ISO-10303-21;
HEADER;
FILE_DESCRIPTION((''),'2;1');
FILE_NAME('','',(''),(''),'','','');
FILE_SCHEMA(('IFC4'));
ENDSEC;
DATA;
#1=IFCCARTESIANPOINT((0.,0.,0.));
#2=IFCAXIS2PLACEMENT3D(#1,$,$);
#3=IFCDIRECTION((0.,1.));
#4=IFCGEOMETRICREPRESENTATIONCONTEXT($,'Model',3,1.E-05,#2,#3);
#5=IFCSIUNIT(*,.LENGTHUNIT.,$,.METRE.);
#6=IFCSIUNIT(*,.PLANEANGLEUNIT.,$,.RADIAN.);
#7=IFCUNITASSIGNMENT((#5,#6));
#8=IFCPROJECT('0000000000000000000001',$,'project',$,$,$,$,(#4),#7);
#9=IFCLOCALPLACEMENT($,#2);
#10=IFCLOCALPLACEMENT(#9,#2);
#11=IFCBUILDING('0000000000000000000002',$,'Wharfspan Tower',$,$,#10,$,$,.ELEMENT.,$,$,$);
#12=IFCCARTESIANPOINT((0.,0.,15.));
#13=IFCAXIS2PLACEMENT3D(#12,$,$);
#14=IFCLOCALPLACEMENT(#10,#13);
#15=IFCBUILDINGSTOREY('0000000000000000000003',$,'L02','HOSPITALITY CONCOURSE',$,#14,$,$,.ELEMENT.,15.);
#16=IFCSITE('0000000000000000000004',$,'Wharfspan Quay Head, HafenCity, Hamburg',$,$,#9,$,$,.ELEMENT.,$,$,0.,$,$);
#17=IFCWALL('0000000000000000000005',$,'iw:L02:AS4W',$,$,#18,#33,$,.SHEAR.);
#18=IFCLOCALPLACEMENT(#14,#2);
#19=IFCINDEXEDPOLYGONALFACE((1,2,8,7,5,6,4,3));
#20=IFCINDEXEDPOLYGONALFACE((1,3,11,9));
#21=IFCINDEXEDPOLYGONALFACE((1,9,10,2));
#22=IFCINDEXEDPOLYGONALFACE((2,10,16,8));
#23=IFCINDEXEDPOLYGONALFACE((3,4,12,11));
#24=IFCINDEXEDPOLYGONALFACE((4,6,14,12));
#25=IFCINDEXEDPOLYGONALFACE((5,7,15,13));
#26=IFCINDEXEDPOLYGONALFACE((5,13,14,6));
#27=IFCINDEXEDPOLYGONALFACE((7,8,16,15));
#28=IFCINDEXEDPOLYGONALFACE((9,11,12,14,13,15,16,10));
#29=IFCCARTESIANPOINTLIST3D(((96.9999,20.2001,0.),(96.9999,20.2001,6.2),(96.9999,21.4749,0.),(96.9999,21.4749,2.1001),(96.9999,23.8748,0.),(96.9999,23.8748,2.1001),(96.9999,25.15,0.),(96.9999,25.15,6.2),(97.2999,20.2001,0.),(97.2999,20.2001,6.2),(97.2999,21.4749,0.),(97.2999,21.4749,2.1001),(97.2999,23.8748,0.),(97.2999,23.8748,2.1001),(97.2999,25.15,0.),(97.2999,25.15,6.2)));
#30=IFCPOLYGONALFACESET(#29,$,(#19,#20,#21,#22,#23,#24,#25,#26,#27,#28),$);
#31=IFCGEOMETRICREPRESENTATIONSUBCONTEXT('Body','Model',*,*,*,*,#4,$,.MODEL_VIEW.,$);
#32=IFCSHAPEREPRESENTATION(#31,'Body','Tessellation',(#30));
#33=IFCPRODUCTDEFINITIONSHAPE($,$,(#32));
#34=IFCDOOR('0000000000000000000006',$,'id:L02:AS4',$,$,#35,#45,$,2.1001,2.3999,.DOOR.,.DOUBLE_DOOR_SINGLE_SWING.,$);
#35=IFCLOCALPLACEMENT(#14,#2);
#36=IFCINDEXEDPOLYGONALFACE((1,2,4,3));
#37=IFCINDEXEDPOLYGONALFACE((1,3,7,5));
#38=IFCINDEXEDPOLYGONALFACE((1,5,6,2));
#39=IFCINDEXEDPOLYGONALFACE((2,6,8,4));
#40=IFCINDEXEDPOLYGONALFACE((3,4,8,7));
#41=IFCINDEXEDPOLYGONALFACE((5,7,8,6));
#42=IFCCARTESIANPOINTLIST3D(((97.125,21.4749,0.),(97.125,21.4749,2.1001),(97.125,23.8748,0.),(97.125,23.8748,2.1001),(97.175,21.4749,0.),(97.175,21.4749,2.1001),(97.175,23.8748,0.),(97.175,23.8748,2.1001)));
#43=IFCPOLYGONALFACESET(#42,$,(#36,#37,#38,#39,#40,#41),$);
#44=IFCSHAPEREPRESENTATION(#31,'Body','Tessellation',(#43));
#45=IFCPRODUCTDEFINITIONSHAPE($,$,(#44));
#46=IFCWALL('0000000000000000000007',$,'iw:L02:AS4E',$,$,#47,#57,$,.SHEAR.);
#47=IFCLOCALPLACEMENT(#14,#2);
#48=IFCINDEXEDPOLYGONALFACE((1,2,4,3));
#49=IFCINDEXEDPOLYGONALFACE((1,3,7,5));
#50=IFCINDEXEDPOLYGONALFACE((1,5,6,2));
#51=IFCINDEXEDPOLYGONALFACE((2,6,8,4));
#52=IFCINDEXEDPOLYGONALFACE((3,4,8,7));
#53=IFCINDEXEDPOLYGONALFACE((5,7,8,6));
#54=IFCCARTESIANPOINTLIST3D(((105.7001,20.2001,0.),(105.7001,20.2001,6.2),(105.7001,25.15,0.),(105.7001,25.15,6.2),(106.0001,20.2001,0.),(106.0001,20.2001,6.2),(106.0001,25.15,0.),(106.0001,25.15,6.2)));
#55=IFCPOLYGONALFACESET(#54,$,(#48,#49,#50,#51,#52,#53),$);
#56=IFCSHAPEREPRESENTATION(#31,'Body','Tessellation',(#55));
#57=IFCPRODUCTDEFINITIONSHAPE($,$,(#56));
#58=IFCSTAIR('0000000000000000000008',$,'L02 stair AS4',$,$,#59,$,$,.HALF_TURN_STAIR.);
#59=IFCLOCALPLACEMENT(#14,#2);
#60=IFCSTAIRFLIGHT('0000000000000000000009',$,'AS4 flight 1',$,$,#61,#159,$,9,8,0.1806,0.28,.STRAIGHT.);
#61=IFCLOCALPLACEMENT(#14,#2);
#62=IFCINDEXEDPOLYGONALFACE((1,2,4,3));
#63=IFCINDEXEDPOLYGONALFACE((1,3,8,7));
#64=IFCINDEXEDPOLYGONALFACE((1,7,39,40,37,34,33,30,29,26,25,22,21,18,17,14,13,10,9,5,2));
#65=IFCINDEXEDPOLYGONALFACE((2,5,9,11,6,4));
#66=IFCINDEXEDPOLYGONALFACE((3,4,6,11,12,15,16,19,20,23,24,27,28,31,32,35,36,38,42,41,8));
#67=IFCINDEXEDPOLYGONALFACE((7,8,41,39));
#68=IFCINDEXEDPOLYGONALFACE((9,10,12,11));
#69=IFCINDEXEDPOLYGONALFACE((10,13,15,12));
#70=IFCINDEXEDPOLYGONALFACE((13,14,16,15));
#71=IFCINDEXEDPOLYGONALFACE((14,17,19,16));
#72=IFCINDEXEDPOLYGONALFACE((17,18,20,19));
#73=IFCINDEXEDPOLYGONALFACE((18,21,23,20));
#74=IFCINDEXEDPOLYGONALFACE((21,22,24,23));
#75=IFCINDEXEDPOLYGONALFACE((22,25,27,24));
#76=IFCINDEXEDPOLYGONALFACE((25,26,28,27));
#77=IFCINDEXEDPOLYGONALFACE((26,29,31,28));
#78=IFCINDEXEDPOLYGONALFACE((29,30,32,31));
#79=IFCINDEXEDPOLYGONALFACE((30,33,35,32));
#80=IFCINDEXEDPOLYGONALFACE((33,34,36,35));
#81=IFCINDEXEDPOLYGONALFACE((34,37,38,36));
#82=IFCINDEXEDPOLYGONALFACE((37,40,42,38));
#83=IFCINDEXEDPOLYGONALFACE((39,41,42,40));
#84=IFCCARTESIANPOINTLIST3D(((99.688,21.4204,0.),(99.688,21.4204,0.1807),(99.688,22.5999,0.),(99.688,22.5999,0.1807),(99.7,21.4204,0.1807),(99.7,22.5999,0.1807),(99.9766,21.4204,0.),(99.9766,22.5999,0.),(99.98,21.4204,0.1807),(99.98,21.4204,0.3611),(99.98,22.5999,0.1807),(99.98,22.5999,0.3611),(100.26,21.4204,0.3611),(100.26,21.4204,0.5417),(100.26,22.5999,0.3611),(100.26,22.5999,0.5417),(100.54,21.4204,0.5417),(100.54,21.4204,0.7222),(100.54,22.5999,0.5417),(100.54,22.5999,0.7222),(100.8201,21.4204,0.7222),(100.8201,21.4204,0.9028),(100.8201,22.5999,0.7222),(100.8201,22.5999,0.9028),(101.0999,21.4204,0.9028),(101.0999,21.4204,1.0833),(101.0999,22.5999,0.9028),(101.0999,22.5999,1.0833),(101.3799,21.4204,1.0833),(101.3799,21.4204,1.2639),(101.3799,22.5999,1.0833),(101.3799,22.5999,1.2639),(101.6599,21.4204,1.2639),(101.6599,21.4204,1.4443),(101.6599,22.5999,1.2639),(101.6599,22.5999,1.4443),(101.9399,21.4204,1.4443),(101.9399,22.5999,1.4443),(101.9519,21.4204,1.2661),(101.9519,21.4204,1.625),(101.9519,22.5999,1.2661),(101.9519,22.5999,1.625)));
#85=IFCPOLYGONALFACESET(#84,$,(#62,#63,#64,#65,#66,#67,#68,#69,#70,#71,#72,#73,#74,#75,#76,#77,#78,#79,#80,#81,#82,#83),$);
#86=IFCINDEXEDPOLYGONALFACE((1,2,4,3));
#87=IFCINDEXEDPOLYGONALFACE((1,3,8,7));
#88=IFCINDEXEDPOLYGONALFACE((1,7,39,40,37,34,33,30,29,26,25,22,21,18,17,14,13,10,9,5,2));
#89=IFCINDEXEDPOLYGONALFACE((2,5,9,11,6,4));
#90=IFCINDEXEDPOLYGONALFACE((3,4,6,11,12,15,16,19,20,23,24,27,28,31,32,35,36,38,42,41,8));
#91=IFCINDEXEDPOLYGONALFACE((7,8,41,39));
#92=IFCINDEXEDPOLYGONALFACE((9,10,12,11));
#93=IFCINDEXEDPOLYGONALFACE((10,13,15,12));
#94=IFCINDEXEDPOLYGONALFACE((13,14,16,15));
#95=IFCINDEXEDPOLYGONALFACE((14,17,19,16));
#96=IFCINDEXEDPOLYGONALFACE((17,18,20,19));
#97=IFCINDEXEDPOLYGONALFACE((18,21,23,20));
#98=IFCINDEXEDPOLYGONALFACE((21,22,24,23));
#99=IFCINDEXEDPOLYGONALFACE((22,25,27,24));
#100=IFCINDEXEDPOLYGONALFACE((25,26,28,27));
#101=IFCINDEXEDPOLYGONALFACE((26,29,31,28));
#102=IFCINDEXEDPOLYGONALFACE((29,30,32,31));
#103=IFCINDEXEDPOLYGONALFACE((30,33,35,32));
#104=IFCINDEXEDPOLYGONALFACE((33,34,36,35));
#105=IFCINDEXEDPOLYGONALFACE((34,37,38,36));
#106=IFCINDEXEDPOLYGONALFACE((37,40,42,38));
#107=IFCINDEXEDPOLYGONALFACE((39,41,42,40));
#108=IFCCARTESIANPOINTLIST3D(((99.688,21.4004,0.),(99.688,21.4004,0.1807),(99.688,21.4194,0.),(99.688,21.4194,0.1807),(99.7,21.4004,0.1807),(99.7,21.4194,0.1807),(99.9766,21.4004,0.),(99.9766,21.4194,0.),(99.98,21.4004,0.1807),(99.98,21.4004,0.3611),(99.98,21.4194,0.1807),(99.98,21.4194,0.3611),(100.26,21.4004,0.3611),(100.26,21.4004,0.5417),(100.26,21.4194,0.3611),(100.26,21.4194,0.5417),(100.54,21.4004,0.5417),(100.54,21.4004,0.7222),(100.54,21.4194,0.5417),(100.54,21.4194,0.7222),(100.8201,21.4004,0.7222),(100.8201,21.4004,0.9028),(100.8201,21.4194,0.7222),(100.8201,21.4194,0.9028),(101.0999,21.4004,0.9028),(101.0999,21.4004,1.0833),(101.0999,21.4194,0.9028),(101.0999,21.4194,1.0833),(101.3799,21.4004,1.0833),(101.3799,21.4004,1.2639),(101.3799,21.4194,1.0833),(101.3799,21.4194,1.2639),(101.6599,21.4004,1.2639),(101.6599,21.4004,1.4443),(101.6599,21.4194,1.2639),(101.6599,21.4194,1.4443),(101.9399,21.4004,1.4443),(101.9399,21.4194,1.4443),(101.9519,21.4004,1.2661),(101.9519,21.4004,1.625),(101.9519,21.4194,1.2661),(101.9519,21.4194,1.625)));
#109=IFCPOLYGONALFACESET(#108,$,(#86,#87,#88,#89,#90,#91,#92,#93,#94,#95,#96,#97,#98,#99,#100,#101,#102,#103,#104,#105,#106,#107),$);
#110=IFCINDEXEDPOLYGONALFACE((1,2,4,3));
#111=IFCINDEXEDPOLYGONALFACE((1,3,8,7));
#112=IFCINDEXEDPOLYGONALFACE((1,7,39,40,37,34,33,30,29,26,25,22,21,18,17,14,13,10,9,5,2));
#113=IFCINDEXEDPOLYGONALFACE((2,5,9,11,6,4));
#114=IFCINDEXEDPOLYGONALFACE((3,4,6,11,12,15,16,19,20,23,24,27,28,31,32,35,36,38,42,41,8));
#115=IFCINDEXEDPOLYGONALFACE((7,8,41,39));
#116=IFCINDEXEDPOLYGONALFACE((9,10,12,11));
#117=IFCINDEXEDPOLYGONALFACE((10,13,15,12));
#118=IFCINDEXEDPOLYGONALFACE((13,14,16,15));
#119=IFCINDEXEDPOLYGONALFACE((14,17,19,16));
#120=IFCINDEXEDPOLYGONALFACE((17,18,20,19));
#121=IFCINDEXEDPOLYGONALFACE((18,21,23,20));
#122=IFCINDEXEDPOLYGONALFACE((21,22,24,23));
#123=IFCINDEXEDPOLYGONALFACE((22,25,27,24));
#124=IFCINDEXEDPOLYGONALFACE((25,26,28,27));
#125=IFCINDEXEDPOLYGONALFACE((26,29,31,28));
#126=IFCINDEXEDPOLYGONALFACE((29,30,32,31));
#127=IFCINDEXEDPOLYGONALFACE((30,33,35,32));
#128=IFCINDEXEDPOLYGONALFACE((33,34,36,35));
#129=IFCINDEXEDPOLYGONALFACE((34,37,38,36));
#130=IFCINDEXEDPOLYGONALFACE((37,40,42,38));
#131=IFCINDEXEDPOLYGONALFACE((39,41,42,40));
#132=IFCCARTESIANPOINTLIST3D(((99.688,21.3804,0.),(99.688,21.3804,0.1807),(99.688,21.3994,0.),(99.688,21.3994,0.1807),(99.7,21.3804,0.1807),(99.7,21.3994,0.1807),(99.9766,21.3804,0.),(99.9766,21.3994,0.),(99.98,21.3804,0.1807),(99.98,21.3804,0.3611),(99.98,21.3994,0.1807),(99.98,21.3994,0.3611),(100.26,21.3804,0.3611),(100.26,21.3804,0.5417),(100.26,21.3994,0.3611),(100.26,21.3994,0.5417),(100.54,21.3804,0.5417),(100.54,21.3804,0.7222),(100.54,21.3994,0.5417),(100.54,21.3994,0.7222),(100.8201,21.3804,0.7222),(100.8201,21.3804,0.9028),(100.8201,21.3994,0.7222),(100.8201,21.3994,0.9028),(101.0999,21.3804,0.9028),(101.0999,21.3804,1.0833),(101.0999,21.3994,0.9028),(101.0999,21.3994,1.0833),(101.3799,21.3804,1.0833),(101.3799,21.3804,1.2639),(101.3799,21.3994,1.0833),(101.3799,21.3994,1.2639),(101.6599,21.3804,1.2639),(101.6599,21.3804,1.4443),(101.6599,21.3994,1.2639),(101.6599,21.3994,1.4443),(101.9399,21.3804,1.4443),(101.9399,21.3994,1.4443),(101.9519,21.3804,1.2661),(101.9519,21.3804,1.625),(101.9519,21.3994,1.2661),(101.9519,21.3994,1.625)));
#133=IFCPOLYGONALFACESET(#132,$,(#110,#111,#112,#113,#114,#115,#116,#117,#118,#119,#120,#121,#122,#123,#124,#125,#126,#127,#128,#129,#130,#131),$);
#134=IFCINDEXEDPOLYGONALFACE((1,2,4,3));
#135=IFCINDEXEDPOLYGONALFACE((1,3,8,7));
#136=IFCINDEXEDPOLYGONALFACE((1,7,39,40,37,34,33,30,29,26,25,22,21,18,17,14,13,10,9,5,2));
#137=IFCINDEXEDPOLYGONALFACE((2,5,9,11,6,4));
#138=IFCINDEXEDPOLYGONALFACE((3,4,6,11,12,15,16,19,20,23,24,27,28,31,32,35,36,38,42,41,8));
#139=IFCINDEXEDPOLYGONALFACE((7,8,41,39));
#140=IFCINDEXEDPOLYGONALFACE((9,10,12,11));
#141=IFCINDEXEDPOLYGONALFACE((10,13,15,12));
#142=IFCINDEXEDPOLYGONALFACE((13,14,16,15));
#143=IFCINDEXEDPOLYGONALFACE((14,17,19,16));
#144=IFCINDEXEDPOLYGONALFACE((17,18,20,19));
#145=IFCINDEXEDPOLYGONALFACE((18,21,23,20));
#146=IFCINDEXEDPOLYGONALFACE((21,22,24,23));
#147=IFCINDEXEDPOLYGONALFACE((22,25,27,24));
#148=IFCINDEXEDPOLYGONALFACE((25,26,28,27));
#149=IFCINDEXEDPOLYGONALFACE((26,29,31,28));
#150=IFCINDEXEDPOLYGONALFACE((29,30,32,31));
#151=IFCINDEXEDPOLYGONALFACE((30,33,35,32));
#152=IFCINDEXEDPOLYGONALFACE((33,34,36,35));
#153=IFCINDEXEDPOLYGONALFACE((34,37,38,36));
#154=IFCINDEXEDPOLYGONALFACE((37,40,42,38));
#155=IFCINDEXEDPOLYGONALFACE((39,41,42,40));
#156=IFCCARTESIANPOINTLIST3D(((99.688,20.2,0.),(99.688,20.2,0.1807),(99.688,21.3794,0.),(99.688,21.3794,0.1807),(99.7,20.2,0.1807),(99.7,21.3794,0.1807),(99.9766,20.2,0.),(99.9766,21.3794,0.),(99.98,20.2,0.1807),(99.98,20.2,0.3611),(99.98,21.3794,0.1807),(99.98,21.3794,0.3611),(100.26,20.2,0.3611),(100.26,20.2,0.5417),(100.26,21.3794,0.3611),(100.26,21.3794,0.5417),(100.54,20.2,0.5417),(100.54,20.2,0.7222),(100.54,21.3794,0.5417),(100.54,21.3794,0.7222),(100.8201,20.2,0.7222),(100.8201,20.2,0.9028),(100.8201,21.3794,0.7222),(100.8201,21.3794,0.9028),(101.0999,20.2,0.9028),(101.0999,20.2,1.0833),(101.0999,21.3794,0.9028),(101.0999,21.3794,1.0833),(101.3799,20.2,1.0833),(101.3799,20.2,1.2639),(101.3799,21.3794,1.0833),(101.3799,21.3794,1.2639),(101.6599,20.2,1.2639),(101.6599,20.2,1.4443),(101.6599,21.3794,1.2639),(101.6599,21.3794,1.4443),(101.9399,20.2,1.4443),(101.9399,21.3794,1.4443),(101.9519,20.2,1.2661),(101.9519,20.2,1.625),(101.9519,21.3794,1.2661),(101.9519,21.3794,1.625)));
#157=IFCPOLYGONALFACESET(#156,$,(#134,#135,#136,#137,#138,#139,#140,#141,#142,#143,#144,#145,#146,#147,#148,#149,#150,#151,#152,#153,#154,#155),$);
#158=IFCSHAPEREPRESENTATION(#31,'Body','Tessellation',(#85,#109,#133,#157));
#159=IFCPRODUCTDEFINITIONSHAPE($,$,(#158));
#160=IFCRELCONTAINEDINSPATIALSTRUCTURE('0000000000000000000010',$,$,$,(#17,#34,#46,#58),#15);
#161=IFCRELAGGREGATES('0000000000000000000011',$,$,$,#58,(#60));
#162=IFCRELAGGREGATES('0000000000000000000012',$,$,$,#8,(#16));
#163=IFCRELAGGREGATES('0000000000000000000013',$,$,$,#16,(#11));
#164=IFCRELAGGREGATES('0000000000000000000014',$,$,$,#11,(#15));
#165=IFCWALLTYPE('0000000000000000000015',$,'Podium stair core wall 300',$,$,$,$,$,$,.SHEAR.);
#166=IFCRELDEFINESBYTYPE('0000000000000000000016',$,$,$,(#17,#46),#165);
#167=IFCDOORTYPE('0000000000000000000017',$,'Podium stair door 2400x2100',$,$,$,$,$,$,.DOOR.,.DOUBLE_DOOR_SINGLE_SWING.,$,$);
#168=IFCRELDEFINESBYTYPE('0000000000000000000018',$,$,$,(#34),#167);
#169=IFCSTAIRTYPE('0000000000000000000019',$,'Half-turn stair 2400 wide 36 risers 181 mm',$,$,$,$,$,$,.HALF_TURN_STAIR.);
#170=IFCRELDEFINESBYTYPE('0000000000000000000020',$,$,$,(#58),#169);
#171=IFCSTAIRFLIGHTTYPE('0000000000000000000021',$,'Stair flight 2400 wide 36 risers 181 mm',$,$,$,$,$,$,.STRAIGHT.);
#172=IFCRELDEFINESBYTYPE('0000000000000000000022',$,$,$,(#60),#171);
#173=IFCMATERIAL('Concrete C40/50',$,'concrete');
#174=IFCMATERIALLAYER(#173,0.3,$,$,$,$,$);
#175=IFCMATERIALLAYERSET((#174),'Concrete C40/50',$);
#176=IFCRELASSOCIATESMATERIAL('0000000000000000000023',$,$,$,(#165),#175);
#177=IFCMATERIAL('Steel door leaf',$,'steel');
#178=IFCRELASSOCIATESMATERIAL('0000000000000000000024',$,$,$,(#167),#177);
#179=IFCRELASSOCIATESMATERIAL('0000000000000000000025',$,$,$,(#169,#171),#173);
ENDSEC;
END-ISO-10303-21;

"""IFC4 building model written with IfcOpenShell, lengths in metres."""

from ifc_helpers import new_model, si_unit, direction, frame, frame_2d, origin, place, context, subcontext, project, spatial, polyline, rectangle, outline, extrude, material, layer, layer_set, type_object, element, fill, aggregate, save


model = new_model("IFC4")

# Units and contexts
model_context = context("Model", 3, precision=1e-05, world=origin(), true_north=direction((0.0, 1.0)))
body_context = subcontext(model_context, "Body", "Model", "MODEL_VIEW")
ifc_project = project(units=[si_unit("LENGTHUNIT", "METRE"), si_unit("PLANEANGLEUNIT", "RADIAN")], contexts=[model_context])

# Site, building, storey
site_placement = place(None, origin())
site = spatial("IfcSite", under=ifc_project, at=site_placement, Name="Wharfspan Quay Head, HafenCity, Hamburg", CompositionType="ELEMENT", RefElevation=0.0)
building_placement = place(site_placement, origin())
building = spatial("IfcBuilding", under=site, at=building_placement, Name="Wharfspan Tower", CompositionType="ELEMENT")
storey_placement = place(building_placement, frame((0.0, 0.0, 15.0)))
storey = spatial("IfcBuildingStorey", under=building, at=storey_placement, Name="L02", Description="HOSPITALITY CONCOURSE", CompositionType="ELEMENT", Elevation=15.0)

# Wall, opening, door
ifc_material_1 = material(Name="Concrete C40/50", Category="concrete")
ifc_layer_1 = layer(ifc_material_1, 0.3)
ifc_layer_set_1 = layer_set([ifc_layer_1], Name="Concrete C40/50")
wall_type_1 = type_object("IfcWallType", Name="Podium stair core wall 300", PredefinedType="SHEAR", material=ifc_layer_set_1)
wall_1_placement = place(storey_placement, frame((97.1499, 20.2, 0.0), z_axis=(0.0, 0.0, 1.0), x_axis=(0.0, 1.0, 0.0)))
wall_1 = element("IfcWall", 1, at=wall_1_placement, inside=storey, type_object=wall_type_1, Name="iw:L02:AS4W", PredefinedType="SHEAR", context=body_context, shape_type="SweptSolid", body=[
    extrude(rectangle(XDim=4.95, YDim=0.3, at=frame_2d((2.4751, 0.0))), origin(), (0.0, 0.0, 1.0), 6.2),
])
opening_placement = place(wall_1_placement, frame((1.2749, 0.0, 0.0)))
opening = element("IfcOpeningElement", 2, at=opening_placement, cuts=wall_1, PredefinedType="OPENING", context=body_context, shape_type="SweptSolid", body=[
    extrude(rectangle(XDim=2.3999, YDim=2.1001, at=frame_2d((1.2, 1.05))), frame((0.0, 0.1599, 0.0), z_axis=(0.0, -1.0, 0.0), x_axis=(1.0, 0.0, 0.0)), (0.0, 0.0, 1.0), 0.3201),
])
ifc_material_2 = material(Name="Steel door leaf", Category="steel")
door_type = type_object("IfcDoorType", Name="Podium stair door 2400x2100", OperationType="DOUBLE_DOOR_SINGLE_SWING", PredefinedType="DOOR", material=ifc_material_2)
door_placement = place(opening_placement, origin())
door = element("IfcDoor", 3, at=door_placement, inside=storey, type_object=door_type, Name="id:L02:AS4", OperationType="DOUBLE_DOOR_SINGLE_SWING", OverallHeight=2.1001, OverallWidth=2.3999, PredefinedType="DOOR", context=body_context, shape_type="SweptSolid", body=[
    extrude(rectangle(XDim=2.3999, YDim=2.1001, at=frame_2d((1.2, 1.05))), frame((0.0, 0.0249, 0.0), z_axis=(0.0, -1.0, 0.0), x_axis=(1.0, 0.0, 0.0)), (0.0, 0.0, 1.0), 0.05),
])
fill(opening, door)

# Wall
wall_2_placement = place(storey_placement, frame((105.8501, 20.2, 0.0), z_axis=(0.0, 0.0, 1.0), x_axis=(0.0, 1.0, 0.0)))
element("IfcWall", 4, at=wall_2_placement, inside=storey, type_object=wall_type_1, Name="iw:L02:AS4E", PredefinedType="SHEAR", context=body_context, shape_type="SweptSolid", body=[
    extrude(rectangle(XDim=4.95, YDim=0.3, at=frame_2d((2.4751, 0.0))), origin(), (0.0, 0.0, 1.0), 6.2),
])

# Stair, stair flight
stair_type = type_object("IfcStairType", Name="Half-turn stair 2400 wide 36 risers 181 mm", PredefinedType="HALF_TURN_STAIR", material=ifc_material_1)
stair_placement = place(storey_placement, origin())
stair = element("IfcStair", 5, at=stair_placement, inside=storey, type_object=stair_type, Name="L02 stair AS4", PredefinedType="HALF_TURN_STAIR")
stair_flight_type = type_object("IfcStairFlightType", Name="Stair flight 2400 wide 36 risers 181 mm", PredefinedType="STRAIGHT", material=ifc_material_1)
stair_flight_1_placement = place(storey_placement, frame((99.7, 21.3999, 0.0), z_axis=(0.0, 0.0, 1.0), x_axis=(1.0, 0.0, 0.0)))
stair_flight_1 = element("IfcStairFlight", 6, at=stair_flight_1_placement, type_object=stair_flight_type, Name="AS4 flight 1", NumberOfRisers=9, NumberOfTreads=8, PredefinedType="STRAIGHT", RiserHeight=0.1806, TreadLength=0.28, context=body_context, shape_type="SweptSolid", body=[
    extrude(outline(polyline([(-0.012, 0.0), (-0.012, 0.1807), (0.0, 0.1807), (0.28, 0.1807), (0.28, 0.3611), (0.5601, 0.3611), (0.5601, 0.5417), (0.8401, 0.5417), (0.8401, 0.7222), (1.1201, 0.7222), (1.1201, 0.9028), (1.3999, 0.9028), (1.3999, 1.0833), (1.6799, 1.0833), (1.6799, 1.2639), (1.96, 1.2639), (1.96, 1.4443), (2.24, 1.4443), (2.252, 1.625), (2.252, 1.2661), (0.2766, 0.0), (-0.012, 0.0)])), frame((0.0, 1.2, 0.0), z_axis=(0.0, -1.0, 0.0), x_axis=(1.0, 0.0, 0.0)), (0.0, 0.0, 1.0), 1.1794),
    extrude(outline(polyline([(-0.012, 0.0), (-0.012, 0.1807), (0.0, 0.1807), (0.28, 0.1807), (0.28, 0.3611), (0.5601, 0.3611), (0.5601, 0.5417), (0.8401, 0.5417), (0.8401, 0.7222), (1.1201, 0.7222), (1.1201, 0.9028), (1.3999, 0.9028), (1.3999, 1.0833), (1.6799, 1.0833), (1.6799, 1.2639), (1.96, 1.2639), (1.96, 1.4443), (2.24, 1.4443), (2.252, 1.625), (2.252, 1.2661), (0.2766, 0.0), (-0.012, 0.0)])), frame((0.0, 0.0195, 0.0), z_axis=(0.0, -1.0, 0.0), x_axis=(1.0, 0.0, 0.0)), (0.0, 0.0, 1.0), 0.019),
    extrude(outline(polyline([(-0.012, 0.0), (-0.012, 0.1807), (0.0, 0.1807), (0.28, 0.1807), (0.28, 0.3611), (0.5601, 0.3611), (0.5601, 0.5417), (0.8401, 0.5417), (0.8401, 0.7222), (1.1201, 0.7222), (1.1201, 0.9028), (1.3999, 0.9028), (1.3999, 1.0833), (1.6799, 1.0833), (1.6799, 1.2639), (1.96, 1.2639), (1.96, 1.4443), (2.24, 1.4443), (2.252, 1.625), (2.252, 1.2661), (0.2766, 0.0), (-0.012, 0.0)])), frame((0.0, -0.0005, 0.0), z_axis=(0.0, -1.0, 0.0), x_axis=(1.0, 0.0, 0.0)), (0.0, 0.0, 1.0), 0.019),
    extrude(outline(polyline([(-0.012, 0.0), (-0.012, 0.1807), (0.0, 0.1807), (0.28, 0.1807), (0.28, 0.3611), (0.5601, 0.3611), (0.5601, 0.5417), (0.8401, 0.5417), (0.8401, 0.7222), (1.1201, 0.7222), (1.1201, 0.9028), (1.3999, 0.9028), (1.3999, 1.0833), (1.6799, 1.0833), (1.6799, 1.2639), (1.96, 1.2639), (1.96, 1.4443), (2.24, 1.4443), (2.252, 1.625), (2.252, 1.2661), (0.2766, 0.0), (-0.012, 0.0)])), frame((0.0, -0.0205, 0.0), z_axis=(0.0, -1.0, 0.0), x_axis=(1.0, 0.0, 0.0)), (0.0, 0.0, 1.0), 1.1794),
])
aggregate(stair, [stair_flight_1])

save(model, "model.ifc")
